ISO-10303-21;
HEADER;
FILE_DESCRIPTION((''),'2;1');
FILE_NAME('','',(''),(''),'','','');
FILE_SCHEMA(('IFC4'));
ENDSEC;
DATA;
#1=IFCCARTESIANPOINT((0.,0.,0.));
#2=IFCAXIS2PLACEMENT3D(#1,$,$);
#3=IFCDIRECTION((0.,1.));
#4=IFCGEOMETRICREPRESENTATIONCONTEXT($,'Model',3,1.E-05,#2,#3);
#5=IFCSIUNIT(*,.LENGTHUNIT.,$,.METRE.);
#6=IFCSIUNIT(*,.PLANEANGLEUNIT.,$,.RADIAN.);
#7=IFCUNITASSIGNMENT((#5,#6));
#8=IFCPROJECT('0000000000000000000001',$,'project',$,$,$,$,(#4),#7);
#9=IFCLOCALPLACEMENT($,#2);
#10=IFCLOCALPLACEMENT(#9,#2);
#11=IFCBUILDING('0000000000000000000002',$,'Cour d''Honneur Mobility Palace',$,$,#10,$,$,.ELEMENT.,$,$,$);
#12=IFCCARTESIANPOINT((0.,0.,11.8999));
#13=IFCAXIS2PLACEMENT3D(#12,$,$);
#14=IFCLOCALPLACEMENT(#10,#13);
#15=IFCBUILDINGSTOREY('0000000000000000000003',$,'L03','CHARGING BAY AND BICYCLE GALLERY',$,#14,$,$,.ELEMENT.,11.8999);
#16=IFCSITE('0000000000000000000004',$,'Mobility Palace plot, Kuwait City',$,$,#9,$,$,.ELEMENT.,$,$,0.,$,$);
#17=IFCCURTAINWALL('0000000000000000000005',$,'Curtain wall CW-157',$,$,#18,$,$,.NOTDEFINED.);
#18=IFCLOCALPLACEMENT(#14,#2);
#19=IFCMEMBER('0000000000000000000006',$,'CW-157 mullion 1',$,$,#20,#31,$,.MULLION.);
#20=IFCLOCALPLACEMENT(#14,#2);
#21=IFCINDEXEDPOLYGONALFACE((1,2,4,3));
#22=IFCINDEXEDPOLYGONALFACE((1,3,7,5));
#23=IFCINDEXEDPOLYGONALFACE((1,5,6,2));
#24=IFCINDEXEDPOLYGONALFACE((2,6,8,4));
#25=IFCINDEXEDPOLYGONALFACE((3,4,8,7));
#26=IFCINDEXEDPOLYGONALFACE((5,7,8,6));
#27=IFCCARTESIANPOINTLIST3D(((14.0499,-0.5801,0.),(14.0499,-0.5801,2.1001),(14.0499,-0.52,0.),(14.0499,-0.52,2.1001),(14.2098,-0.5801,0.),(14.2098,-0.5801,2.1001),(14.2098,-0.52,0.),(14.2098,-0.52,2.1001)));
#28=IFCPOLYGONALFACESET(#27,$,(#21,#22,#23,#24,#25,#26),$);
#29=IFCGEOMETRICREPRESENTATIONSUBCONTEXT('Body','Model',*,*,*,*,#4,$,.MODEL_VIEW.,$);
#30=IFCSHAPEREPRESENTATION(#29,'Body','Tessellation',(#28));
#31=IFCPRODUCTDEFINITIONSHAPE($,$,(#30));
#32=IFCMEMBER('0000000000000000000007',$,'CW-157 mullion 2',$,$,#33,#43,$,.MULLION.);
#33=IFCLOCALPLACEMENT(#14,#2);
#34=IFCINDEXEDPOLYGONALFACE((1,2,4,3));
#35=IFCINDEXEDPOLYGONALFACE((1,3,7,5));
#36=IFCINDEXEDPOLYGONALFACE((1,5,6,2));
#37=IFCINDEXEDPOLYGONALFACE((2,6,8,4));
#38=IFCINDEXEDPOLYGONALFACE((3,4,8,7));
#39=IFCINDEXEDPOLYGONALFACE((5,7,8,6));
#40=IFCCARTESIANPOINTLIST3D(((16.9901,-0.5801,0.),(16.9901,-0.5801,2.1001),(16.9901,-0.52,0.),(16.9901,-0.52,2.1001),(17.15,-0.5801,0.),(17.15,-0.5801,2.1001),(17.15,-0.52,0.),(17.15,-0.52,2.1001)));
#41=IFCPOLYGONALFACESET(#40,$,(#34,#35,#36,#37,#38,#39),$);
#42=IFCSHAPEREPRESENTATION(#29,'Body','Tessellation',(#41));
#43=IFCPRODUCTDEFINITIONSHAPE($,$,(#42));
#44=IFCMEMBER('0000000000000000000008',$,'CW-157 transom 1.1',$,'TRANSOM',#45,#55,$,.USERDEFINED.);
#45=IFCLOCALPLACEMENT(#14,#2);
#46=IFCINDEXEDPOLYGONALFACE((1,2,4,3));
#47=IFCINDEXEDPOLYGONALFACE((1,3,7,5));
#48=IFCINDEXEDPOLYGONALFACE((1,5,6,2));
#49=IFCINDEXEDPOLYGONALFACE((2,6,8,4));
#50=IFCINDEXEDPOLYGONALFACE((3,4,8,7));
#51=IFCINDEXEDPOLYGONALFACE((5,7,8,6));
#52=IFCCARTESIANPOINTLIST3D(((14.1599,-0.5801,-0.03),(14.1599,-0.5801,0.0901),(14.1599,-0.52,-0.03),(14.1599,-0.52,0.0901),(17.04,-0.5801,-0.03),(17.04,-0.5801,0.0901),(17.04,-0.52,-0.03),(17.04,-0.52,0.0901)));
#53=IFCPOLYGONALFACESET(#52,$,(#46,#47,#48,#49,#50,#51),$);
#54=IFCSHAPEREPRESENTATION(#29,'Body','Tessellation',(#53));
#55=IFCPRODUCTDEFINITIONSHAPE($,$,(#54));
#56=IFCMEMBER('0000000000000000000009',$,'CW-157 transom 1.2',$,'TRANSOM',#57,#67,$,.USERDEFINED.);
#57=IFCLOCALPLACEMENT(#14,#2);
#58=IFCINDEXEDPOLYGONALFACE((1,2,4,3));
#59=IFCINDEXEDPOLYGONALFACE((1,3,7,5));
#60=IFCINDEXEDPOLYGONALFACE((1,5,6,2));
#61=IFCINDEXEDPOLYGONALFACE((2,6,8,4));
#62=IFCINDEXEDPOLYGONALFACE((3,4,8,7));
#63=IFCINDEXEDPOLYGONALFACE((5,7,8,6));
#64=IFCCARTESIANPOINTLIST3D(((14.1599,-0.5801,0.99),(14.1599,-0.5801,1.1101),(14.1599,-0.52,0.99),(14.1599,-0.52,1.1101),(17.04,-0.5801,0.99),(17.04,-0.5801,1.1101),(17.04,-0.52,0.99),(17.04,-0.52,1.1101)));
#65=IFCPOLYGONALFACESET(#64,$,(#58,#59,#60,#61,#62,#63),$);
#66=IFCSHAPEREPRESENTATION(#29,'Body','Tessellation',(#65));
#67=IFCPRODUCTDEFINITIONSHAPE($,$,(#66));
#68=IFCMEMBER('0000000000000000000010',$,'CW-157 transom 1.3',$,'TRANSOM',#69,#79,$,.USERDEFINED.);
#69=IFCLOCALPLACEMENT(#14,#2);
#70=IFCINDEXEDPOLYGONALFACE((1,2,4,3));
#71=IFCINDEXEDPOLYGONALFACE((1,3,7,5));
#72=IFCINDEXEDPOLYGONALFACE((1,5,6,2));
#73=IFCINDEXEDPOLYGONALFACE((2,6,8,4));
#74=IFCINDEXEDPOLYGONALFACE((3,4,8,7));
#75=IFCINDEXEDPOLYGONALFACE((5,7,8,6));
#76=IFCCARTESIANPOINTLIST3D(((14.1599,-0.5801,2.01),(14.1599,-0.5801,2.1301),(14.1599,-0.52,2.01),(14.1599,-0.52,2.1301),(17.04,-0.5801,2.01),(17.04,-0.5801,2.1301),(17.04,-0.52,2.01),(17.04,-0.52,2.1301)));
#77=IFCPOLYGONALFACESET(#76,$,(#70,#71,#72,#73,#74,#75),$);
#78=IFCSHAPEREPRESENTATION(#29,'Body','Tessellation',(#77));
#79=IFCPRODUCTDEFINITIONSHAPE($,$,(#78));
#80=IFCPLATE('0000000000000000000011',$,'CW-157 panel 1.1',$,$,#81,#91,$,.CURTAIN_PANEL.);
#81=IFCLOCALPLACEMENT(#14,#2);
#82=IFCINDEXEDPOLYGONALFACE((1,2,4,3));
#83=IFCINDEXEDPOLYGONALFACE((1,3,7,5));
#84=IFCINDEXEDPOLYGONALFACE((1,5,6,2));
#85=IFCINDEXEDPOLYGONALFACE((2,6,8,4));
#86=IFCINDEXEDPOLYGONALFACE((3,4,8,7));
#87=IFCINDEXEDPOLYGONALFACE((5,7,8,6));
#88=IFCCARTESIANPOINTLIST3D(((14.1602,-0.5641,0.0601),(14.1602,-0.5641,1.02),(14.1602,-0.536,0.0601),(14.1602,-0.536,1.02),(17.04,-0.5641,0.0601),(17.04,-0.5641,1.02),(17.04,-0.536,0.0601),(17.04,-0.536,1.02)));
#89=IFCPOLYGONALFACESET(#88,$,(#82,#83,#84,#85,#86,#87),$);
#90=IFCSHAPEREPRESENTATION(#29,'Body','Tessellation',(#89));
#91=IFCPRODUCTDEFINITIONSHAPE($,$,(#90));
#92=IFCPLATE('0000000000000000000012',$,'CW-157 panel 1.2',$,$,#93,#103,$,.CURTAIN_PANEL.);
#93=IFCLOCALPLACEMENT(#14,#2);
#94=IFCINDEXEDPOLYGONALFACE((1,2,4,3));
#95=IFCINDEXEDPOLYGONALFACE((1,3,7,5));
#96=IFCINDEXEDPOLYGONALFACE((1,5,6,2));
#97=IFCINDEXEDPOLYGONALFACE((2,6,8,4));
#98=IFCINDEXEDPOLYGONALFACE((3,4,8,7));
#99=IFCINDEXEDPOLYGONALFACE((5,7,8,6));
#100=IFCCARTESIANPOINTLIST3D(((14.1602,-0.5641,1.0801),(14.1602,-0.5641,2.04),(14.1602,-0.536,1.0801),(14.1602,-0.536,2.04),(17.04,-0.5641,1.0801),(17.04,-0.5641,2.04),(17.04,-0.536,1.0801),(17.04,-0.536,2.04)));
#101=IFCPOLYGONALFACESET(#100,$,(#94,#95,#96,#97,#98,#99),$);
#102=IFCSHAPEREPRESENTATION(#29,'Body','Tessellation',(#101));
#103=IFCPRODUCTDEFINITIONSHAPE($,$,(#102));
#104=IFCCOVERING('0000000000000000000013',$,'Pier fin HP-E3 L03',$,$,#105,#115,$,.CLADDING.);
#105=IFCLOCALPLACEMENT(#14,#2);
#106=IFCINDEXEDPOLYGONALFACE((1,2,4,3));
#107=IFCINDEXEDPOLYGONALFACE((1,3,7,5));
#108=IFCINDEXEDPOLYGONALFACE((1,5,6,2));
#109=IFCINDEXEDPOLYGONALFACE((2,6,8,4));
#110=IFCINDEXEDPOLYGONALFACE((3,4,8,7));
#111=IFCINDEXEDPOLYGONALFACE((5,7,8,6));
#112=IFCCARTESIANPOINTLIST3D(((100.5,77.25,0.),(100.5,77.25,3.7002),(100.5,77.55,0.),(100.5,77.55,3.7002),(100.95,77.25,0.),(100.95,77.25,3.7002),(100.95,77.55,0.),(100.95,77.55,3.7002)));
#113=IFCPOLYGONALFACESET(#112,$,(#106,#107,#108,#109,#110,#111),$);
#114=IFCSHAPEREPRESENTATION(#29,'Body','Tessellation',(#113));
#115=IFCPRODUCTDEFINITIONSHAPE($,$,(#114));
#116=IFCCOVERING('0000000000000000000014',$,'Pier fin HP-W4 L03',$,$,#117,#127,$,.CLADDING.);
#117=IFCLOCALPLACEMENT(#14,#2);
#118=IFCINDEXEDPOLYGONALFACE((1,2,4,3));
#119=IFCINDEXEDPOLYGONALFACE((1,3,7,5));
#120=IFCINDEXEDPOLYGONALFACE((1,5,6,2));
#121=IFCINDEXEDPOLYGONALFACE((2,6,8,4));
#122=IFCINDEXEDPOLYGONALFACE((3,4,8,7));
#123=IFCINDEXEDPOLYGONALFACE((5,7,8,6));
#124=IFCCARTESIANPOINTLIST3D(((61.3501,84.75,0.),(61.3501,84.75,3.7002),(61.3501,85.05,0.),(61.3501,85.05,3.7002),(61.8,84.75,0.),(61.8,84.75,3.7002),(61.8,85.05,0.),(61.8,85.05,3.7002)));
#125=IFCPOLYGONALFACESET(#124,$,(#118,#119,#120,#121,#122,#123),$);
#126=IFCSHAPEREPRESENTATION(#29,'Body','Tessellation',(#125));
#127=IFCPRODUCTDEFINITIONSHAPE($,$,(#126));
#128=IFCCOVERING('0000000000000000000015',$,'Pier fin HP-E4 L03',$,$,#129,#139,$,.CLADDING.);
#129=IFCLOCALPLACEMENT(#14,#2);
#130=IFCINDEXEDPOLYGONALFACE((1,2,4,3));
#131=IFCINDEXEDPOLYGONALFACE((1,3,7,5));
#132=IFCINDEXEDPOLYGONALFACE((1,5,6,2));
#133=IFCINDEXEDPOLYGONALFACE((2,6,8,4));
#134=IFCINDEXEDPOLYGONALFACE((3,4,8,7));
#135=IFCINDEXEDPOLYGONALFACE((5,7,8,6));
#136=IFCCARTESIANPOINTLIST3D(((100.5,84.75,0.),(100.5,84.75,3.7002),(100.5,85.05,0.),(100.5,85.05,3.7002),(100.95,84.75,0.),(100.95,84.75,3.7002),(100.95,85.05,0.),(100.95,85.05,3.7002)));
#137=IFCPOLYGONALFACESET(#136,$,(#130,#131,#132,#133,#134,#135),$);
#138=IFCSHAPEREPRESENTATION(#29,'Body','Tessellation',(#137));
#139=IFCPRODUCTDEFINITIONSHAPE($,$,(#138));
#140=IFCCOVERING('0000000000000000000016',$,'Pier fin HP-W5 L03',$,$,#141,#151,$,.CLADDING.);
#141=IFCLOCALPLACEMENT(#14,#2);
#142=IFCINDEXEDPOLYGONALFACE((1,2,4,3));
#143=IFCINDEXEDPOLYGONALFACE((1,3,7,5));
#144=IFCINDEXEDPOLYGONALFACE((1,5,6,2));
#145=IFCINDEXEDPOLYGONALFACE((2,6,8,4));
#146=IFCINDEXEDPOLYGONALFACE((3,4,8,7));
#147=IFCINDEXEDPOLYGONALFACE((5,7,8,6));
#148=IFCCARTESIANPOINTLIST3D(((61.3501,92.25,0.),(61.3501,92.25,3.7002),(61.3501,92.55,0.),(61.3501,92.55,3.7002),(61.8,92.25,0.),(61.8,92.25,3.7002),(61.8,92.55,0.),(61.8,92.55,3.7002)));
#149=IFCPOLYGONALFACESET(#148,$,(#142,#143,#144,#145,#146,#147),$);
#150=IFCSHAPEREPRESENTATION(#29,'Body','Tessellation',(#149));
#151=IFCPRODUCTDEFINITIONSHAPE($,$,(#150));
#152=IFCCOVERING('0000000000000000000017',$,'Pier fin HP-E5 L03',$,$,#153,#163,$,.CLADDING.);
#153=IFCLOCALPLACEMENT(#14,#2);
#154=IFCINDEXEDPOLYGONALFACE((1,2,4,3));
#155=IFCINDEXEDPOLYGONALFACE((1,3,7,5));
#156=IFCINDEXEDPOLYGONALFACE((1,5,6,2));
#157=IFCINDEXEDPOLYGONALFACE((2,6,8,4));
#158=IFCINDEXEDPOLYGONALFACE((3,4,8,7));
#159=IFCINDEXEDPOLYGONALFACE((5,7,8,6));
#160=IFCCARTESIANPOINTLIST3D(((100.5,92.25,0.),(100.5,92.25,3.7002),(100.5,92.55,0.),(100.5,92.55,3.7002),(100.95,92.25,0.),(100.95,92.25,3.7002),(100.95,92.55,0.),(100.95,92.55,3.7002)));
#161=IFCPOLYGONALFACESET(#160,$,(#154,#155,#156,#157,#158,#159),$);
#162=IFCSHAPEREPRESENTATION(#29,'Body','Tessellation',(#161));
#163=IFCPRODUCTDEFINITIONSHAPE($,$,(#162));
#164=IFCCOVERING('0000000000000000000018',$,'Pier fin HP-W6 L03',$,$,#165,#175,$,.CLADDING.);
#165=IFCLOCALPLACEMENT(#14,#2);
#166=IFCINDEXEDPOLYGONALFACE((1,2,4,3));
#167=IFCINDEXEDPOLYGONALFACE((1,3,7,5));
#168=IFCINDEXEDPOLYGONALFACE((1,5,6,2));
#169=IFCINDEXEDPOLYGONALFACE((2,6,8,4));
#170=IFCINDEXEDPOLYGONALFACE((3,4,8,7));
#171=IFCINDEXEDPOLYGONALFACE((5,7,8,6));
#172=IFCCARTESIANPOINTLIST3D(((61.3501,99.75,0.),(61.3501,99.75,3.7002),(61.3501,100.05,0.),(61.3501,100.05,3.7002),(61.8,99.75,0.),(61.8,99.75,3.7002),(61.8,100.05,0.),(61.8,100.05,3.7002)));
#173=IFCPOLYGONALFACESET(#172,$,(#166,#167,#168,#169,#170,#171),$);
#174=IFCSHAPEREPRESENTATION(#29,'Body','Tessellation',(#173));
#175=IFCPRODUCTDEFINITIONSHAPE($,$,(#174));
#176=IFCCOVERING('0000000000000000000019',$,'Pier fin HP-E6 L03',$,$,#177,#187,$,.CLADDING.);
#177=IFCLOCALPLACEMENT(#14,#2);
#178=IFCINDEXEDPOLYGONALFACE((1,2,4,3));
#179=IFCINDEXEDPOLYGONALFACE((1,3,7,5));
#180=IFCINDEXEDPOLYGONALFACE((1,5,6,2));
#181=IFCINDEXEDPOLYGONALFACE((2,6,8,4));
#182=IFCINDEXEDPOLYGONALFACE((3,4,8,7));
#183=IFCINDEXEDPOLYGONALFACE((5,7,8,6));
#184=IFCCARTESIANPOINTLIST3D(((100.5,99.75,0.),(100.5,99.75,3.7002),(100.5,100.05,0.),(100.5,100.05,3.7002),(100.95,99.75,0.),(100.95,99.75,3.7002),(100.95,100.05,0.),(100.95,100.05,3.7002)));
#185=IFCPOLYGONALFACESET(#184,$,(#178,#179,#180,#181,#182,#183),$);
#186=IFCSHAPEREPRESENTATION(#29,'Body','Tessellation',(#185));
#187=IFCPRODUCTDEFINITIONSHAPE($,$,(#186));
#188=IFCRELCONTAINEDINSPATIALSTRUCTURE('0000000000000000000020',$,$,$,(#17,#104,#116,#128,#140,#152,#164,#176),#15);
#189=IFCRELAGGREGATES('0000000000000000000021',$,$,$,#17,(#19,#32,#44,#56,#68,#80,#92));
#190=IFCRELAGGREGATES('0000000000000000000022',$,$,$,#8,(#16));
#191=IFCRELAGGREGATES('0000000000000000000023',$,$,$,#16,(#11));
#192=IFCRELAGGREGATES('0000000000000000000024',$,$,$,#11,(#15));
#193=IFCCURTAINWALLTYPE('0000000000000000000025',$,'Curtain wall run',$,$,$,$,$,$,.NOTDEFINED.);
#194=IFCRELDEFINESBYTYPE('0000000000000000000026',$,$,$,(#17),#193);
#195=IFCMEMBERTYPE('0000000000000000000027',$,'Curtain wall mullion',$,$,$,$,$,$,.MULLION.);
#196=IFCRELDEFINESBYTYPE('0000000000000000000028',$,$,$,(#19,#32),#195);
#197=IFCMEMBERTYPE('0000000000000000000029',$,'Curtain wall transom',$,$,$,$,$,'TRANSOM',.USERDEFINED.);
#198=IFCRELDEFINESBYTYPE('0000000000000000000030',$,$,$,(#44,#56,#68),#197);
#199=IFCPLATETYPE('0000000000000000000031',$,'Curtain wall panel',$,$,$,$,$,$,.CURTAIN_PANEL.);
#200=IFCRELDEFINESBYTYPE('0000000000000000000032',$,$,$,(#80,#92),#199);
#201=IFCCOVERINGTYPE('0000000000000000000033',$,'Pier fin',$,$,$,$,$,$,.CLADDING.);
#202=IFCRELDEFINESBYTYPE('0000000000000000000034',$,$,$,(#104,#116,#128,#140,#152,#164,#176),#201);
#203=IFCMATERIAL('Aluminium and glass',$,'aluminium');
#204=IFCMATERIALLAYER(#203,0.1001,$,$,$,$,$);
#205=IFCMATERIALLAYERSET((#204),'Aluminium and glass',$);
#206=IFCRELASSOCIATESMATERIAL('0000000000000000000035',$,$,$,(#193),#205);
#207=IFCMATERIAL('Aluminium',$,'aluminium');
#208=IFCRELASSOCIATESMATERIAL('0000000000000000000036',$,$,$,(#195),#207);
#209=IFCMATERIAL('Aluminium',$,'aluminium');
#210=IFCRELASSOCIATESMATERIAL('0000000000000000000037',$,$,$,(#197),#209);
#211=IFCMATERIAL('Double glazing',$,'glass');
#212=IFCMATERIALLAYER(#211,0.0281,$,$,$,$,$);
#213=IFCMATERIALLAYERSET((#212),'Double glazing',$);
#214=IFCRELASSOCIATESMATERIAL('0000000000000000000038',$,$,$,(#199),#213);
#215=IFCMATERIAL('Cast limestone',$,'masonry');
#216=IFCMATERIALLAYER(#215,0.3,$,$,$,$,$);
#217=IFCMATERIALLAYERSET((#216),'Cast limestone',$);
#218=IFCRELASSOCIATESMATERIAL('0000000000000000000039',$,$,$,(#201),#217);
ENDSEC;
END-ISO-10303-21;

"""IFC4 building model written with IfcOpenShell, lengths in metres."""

from ifc_helpers import new_model, si_unit, direction, frame, origin, origin_2d, place, context, subcontext, project, spatial, polyline, rectangle, outline, extrude, material, layer, layer_set, material_profile, profile_set, type_object, element, aggregate, save


model = new_model("IFC4")

# Units and contexts
model_context = context("Model", 3, precision=1e-05, world=origin(), true_north=direction((0.0, 1.0)))
body_context = subcontext(model_context, "Body", "Model", "MODEL_VIEW")
ifc_project = project(units=[si_unit("LENGTHUNIT", "METRE"), si_unit("PLANEANGLEUNIT", "RADIAN")], contexts=[model_context])

# Site, building, storey
site_placement = place(None, origin())
site = spatial("IfcSite", under=ifc_project, at=site_placement, Name="Mobility Palace plot, Kuwait City", CompositionType="ELEMENT", RefElevation=0.0)
building_placement = place(site_placement, origin())
building = spatial("IfcBuilding", under=site, at=building_placement, Name="Cour d'Honneur Mobility Palace", CompositionType="ELEMENT")
storey_placement = place(building_placement, frame((0.0, 0.0, 11.8999)))
storey = spatial("IfcBuildingStorey", under=building, at=storey_placement, Name="L03", Description="CHARGING BAY AND BICYCLE GALLERY", CompositionType="ELEMENT", Elevation=11.8999)

# Curtain wall, members, plates
ifc_material_1 = material(Name="Aluminium and glass", Category="aluminium")
ifc_layer_1 = layer(ifc_material_1, 0.1001)
ifc_layer_set_1 = layer_set([ifc_layer_1], Name="Aluminium and glass")
curtain_wall_type = type_object("IfcCurtainWallType", Name="Curtain wall run", PredefinedType="NOTDEFINED", material=ifc_layer_set_1)
curtain_wall_placement = place(storey_placement, origin())
curtain_wall = element("IfcCurtainWall", 1, at=curtain_wall_placement, inside=storey, type_object=curtain_wall_type, Name="Curtain wall CW-157", PredefinedType="NOTDEFINED")
ifc_material_2 = material(Name="Aluminium", Category="aluminium")
ifc_material_profile_1 = material_profile(ifc_material_2, rectangle(XDim=0.0601, YDim=0.1599, at=origin_2d()), Name="Curtain wall mullion")
ifc_profile_set_1 = profile_set([ifc_material_profile_1], Name="Aluminium")
member_type_1 = type_object("IfcMemberType", Name="Curtain wall mullion", PredefinedType="MULLION", material=ifc_profile_set_1)
member_1_placement = place(storey_placement, frame((14.1299, -0.55, 0.0), z_axis=(0.0, 0.0, 1.0), x_axis=(0.0, 1.0, 0.0)))
member_1 = element("IfcMember", 2, at=member_1_placement, type_object=member_type_1, Name="CW-157 mullion 1", PredefinedType="MULLION", context=body_context, shape_type="SweptSolid", body=[
    extrude(rectangle(XDim=0.0601, YDim=0.1599, at=origin_2d()), origin(), (0.0, 0.0, 1.0), 2.1001),
])
member_2_placement = place(storey_placement, frame((17.0701, -0.55, 0.0), z_axis=(0.0, 0.0, 1.0), x_axis=(0.0, 1.0, 0.0)))
member_2 = element("IfcMember", 3, at=member_2_placement, type_object=member_type_1, Name="CW-157 mullion 2", PredefinedType="MULLION", context=body_context, shape_type="SweptSolid", body=[
    extrude(rectangle(XDim=0.0601, YDim=0.1599, at=origin_2d()), origin(), (0.0, 0.0, 1.0), 2.1001),
])
ifc_material_3 = material(Name="Aluminium", Category="aluminium")
ifc_material_profile_2 = material_profile(ifc_material_3, rectangle(XDim=0.0601, YDim=0.1201, at=origin_2d()), Name="Curtain wall transom")
ifc_profile_set_2 = profile_set([ifc_material_profile_2], Name="Aluminium")
member_type_2 = type_object("IfcMemberType", Name="Curtain wall transom", ElementType="TRANSOM", PredefinedType="USERDEFINED", material=ifc_profile_set_2)
member_3_placement = place(storey_placement, frame((14.1599, -0.55, 0.03), z_axis=(1.0, 0.0, 0.0), x_axis=(0.0, 1.0, 0.0)))
member_3 = element("IfcMember", 4, at=member_3_placement, type_object=member_type_2, Name="CW-157 transom 1.1", ObjectType="TRANSOM", PredefinedType="USERDEFINED", context=body_context, shape_type="SweptSolid", body=[
    extrude(rectangle(XDim=0.0601, YDim=0.1201, at=origin_2d()), origin(), (0.0, 0.0, 1.0), 2.8801),
])
member_4_placement = place(storey_placement, frame((14.1599, -0.55, 1.05), z_axis=(1.0, 0.0, 0.0), x_axis=(0.0, 1.0, 0.0)))
member_4 = element("IfcMember", 5, at=member_4_placement, type_object=member_type_2, Name="CW-157 transom 1.2", ObjectType="TRANSOM", PredefinedType="USERDEFINED", context=body_context, shape_type="SweptSolid", body=[
    extrude(rectangle(XDim=0.0601, YDim=0.1201, at=origin_2d()), origin(), (0.0, 0.0, 1.0), 2.8801),
])
member_5_placement = place(storey_placement, frame((14.1599, -0.55, 2.0701), z_axis=(1.0, 0.0, 0.0), x_axis=(0.0, 1.0, 0.0)))
member_5 = element("IfcMember", 6, at=member_5_placement, type_object=member_type_2, Name="CW-157 transom 1.3", ObjectType="TRANSOM", PredefinedType="USERDEFINED", context=body_context, shape_type="SweptSolid", body=[
    extrude(rectangle(XDim=0.0601, YDim=0.1201, at=origin_2d()), origin(), (0.0, 0.0, 1.0), 2.8801),
])
ifc_material_4 = material(Name="Double glazing", Category="glass")
ifc_layer_2 = layer(ifc_material_4, 0.0281)
ifc_layer_set_2 = layer_set([ifc_layer_2], Name="Double glazing")
plate_type = type_object("IfcPlateType", Name="Curtain wall panel", PredefinedType="CURTAIN_PANEL", material=ifc_layer_set_2)
plate_1_placement = place(storey_placement, frame((15.6001, -0.55, 0.0601), z_axis=(0.0, 0.0, 1.0), x_axis=(1.0, 0.0, 0.0)))
plate_1 = element("IfcPlate", 7, at=plate_1_placement, type_object=plate_type, Name="CW-157 panel 1.1", PredefinedType="CURTAIN_PANEL", context=body_context, shape_type="SweptSolid", body=[
    extrude(rectangle(XDim=2.8799, YDim=0.0281, at=origin_2d()), origin(), (0.0, 0.0, 1.0), 0.96),
])
plate_2_placement = place(storey_placement, frame((15.6001, -0.55, 1.0801), z_axis=(0.0, 0.0, 1.0), x_axis=(1.0, 0.0, 0.0)))
plate_2 = element("IfcPlate", 8, at=plate_2_placement, type_object=plate_type, Name="CW-157 panel 1.2", PredefinedType="CURTAIN_PANEL", context=body_context, shape_type="SweptSolid", body=[
    extrude(rectangle(XDim=2.8799, YDim=0.0281, at=origin_2d()), origin(), (0.0, 0.0, 1.0), 0.96),
])
aggregate(curtain_wall, [member_1, member_2, member_3, member_4, member_5, plate_1, plate_2])

# Coverings
ifc_material_5 = material(Name="Cast limestone", Category="masonry")
ifc_layer_3 = layer(ifc_material_5, 0.3)
ifc_layer_set_3 = layer_set([ifc_layer_3], Name="Cast limestone")
covering_type_1 = type_object("IfcCoveringType", Name="Pier fin", PredefinedType="CLADDING", material=ifc_layer_set_3)
covering_1_placement = place(storey_placement, origin())
element("IfcCovering", 9, at=covering_1_placement, inside=storey, type_object=covering_type_1, Name="Pier fin HP-E3 L03", PredefinedType="CLADDING", context=body_context, shape_type="SweptSolid", body=[
    extrude(outline(polyline([(100.5, 77.25), (100.95, 77.25), (100.95, 77.55), (100.5, 77.55), (100.5, 77.25)])), origin(), (0.0, 0.0, 1.0), 3.7002),
])
covering_2_placement = place(storey_placement, origin())
element("IfcCovering", 10, at=covering_2_placement, inside=storey, type_object=covering_type_1, Name="Pier fin HP-W4 L03", PredefinedType="CLADDING", context=body_context, shape_type="SweptSolid", body=[
    extrude(outline(polyline([(61.3501, 84.75), (61.8, 84.75), (61.8, 85.05), (61.3501, 85.05), (61.3501, 84.75)])), origin(), (0.0, 0.0, 1.0), 3.7002),
])
covering_3_placement = place(storey_placement, origin())
element("IfcCovering", 11, at=covering_3_placement, inside=storey, type_object=covering_type_1, Name="Pier fin HP-E4 L03", PredefinedType="CLADDING", context=body_context, shape_type="SweptSolid", body=[
    extrude(outline(polyline([(100.5, 84.75), (100.95, 84.75), (100.95, 85.05), (100.5, 85.05), (100.5, 84.75)])), origin(), (0.0, 0.0, 1.0), 3.7002),
])
covering_4_placement = place(storey_placement, origin())
element("IfcCovering", 12, at=covering_4_placement, inside=storey, type_object=covering_type_1, Name="Pier fin HP-W5 L03", PredefinedType="CLADDING", context=body_context, shape_type="SweptSolid", body=[
    extrude(outline(polyline([(61.3501, 92.25), (61.8, 92.25), (61.8, 92.55), (61.3501, 92.55), (61.3501, 92.25)])), origin(), (0.0, 0.0, 1.0), 3.7002),
])
covering_5_placement = place(storey_placement, origin())
element("IfcCovering", 13, at=covering_5_placement, inside=storey, type_object=covering_type_1, Name="Pier fin HP-E5 L03", PredefinedType="CLADDING", context=body_context, shape_type="SweptSolid", body=[
    extrude(outline(polyline([(100.5, 92.25), (100.95, 92.25), (100.95, 92.55), (100.5, 92.55), (100.5, 92.25)])), origin(), (0.0, 0.0, 1.0), 3.7002),
])
covering_6_placement = place(storey_placement, origin())
element("IfcCovering", 14, at=covering_6_placement, inside=storey, type_object=covering_type_1, Name="Pier fin HP-W6 L03", PredefinedType="CLADDING", context=body_context, shape_type="SweptSolid", body=[
    extrude(outline(polyline([(61.3501, 99.75), (61.8, 99.75), (61.8, 100.05), (61.3501, 100.05), (61.3501, 99.75)])), origin(), (0.0, 0.0, 1.0), 3.7002),
])
covering_7_placement = place(storey_placement, origin())
element("IfcCovering", 15, at=covering_7_placement, inside=storey, type_object=covering_type_1, Name="Pier fin HP-E6 L03", PredefinedType="CLADDING", context=body_context, shape_type="SweptSolid", body=[
    extrude(outline(polyline([(100.5, 99.75), (100.95, 99.75), (100.95, 100.05), (100.5, 100.05), (100.5, 99.75)])), origin(), (0.0, 0.0, 1.0), 3.7002),
])

save(model, "model.ifc")
